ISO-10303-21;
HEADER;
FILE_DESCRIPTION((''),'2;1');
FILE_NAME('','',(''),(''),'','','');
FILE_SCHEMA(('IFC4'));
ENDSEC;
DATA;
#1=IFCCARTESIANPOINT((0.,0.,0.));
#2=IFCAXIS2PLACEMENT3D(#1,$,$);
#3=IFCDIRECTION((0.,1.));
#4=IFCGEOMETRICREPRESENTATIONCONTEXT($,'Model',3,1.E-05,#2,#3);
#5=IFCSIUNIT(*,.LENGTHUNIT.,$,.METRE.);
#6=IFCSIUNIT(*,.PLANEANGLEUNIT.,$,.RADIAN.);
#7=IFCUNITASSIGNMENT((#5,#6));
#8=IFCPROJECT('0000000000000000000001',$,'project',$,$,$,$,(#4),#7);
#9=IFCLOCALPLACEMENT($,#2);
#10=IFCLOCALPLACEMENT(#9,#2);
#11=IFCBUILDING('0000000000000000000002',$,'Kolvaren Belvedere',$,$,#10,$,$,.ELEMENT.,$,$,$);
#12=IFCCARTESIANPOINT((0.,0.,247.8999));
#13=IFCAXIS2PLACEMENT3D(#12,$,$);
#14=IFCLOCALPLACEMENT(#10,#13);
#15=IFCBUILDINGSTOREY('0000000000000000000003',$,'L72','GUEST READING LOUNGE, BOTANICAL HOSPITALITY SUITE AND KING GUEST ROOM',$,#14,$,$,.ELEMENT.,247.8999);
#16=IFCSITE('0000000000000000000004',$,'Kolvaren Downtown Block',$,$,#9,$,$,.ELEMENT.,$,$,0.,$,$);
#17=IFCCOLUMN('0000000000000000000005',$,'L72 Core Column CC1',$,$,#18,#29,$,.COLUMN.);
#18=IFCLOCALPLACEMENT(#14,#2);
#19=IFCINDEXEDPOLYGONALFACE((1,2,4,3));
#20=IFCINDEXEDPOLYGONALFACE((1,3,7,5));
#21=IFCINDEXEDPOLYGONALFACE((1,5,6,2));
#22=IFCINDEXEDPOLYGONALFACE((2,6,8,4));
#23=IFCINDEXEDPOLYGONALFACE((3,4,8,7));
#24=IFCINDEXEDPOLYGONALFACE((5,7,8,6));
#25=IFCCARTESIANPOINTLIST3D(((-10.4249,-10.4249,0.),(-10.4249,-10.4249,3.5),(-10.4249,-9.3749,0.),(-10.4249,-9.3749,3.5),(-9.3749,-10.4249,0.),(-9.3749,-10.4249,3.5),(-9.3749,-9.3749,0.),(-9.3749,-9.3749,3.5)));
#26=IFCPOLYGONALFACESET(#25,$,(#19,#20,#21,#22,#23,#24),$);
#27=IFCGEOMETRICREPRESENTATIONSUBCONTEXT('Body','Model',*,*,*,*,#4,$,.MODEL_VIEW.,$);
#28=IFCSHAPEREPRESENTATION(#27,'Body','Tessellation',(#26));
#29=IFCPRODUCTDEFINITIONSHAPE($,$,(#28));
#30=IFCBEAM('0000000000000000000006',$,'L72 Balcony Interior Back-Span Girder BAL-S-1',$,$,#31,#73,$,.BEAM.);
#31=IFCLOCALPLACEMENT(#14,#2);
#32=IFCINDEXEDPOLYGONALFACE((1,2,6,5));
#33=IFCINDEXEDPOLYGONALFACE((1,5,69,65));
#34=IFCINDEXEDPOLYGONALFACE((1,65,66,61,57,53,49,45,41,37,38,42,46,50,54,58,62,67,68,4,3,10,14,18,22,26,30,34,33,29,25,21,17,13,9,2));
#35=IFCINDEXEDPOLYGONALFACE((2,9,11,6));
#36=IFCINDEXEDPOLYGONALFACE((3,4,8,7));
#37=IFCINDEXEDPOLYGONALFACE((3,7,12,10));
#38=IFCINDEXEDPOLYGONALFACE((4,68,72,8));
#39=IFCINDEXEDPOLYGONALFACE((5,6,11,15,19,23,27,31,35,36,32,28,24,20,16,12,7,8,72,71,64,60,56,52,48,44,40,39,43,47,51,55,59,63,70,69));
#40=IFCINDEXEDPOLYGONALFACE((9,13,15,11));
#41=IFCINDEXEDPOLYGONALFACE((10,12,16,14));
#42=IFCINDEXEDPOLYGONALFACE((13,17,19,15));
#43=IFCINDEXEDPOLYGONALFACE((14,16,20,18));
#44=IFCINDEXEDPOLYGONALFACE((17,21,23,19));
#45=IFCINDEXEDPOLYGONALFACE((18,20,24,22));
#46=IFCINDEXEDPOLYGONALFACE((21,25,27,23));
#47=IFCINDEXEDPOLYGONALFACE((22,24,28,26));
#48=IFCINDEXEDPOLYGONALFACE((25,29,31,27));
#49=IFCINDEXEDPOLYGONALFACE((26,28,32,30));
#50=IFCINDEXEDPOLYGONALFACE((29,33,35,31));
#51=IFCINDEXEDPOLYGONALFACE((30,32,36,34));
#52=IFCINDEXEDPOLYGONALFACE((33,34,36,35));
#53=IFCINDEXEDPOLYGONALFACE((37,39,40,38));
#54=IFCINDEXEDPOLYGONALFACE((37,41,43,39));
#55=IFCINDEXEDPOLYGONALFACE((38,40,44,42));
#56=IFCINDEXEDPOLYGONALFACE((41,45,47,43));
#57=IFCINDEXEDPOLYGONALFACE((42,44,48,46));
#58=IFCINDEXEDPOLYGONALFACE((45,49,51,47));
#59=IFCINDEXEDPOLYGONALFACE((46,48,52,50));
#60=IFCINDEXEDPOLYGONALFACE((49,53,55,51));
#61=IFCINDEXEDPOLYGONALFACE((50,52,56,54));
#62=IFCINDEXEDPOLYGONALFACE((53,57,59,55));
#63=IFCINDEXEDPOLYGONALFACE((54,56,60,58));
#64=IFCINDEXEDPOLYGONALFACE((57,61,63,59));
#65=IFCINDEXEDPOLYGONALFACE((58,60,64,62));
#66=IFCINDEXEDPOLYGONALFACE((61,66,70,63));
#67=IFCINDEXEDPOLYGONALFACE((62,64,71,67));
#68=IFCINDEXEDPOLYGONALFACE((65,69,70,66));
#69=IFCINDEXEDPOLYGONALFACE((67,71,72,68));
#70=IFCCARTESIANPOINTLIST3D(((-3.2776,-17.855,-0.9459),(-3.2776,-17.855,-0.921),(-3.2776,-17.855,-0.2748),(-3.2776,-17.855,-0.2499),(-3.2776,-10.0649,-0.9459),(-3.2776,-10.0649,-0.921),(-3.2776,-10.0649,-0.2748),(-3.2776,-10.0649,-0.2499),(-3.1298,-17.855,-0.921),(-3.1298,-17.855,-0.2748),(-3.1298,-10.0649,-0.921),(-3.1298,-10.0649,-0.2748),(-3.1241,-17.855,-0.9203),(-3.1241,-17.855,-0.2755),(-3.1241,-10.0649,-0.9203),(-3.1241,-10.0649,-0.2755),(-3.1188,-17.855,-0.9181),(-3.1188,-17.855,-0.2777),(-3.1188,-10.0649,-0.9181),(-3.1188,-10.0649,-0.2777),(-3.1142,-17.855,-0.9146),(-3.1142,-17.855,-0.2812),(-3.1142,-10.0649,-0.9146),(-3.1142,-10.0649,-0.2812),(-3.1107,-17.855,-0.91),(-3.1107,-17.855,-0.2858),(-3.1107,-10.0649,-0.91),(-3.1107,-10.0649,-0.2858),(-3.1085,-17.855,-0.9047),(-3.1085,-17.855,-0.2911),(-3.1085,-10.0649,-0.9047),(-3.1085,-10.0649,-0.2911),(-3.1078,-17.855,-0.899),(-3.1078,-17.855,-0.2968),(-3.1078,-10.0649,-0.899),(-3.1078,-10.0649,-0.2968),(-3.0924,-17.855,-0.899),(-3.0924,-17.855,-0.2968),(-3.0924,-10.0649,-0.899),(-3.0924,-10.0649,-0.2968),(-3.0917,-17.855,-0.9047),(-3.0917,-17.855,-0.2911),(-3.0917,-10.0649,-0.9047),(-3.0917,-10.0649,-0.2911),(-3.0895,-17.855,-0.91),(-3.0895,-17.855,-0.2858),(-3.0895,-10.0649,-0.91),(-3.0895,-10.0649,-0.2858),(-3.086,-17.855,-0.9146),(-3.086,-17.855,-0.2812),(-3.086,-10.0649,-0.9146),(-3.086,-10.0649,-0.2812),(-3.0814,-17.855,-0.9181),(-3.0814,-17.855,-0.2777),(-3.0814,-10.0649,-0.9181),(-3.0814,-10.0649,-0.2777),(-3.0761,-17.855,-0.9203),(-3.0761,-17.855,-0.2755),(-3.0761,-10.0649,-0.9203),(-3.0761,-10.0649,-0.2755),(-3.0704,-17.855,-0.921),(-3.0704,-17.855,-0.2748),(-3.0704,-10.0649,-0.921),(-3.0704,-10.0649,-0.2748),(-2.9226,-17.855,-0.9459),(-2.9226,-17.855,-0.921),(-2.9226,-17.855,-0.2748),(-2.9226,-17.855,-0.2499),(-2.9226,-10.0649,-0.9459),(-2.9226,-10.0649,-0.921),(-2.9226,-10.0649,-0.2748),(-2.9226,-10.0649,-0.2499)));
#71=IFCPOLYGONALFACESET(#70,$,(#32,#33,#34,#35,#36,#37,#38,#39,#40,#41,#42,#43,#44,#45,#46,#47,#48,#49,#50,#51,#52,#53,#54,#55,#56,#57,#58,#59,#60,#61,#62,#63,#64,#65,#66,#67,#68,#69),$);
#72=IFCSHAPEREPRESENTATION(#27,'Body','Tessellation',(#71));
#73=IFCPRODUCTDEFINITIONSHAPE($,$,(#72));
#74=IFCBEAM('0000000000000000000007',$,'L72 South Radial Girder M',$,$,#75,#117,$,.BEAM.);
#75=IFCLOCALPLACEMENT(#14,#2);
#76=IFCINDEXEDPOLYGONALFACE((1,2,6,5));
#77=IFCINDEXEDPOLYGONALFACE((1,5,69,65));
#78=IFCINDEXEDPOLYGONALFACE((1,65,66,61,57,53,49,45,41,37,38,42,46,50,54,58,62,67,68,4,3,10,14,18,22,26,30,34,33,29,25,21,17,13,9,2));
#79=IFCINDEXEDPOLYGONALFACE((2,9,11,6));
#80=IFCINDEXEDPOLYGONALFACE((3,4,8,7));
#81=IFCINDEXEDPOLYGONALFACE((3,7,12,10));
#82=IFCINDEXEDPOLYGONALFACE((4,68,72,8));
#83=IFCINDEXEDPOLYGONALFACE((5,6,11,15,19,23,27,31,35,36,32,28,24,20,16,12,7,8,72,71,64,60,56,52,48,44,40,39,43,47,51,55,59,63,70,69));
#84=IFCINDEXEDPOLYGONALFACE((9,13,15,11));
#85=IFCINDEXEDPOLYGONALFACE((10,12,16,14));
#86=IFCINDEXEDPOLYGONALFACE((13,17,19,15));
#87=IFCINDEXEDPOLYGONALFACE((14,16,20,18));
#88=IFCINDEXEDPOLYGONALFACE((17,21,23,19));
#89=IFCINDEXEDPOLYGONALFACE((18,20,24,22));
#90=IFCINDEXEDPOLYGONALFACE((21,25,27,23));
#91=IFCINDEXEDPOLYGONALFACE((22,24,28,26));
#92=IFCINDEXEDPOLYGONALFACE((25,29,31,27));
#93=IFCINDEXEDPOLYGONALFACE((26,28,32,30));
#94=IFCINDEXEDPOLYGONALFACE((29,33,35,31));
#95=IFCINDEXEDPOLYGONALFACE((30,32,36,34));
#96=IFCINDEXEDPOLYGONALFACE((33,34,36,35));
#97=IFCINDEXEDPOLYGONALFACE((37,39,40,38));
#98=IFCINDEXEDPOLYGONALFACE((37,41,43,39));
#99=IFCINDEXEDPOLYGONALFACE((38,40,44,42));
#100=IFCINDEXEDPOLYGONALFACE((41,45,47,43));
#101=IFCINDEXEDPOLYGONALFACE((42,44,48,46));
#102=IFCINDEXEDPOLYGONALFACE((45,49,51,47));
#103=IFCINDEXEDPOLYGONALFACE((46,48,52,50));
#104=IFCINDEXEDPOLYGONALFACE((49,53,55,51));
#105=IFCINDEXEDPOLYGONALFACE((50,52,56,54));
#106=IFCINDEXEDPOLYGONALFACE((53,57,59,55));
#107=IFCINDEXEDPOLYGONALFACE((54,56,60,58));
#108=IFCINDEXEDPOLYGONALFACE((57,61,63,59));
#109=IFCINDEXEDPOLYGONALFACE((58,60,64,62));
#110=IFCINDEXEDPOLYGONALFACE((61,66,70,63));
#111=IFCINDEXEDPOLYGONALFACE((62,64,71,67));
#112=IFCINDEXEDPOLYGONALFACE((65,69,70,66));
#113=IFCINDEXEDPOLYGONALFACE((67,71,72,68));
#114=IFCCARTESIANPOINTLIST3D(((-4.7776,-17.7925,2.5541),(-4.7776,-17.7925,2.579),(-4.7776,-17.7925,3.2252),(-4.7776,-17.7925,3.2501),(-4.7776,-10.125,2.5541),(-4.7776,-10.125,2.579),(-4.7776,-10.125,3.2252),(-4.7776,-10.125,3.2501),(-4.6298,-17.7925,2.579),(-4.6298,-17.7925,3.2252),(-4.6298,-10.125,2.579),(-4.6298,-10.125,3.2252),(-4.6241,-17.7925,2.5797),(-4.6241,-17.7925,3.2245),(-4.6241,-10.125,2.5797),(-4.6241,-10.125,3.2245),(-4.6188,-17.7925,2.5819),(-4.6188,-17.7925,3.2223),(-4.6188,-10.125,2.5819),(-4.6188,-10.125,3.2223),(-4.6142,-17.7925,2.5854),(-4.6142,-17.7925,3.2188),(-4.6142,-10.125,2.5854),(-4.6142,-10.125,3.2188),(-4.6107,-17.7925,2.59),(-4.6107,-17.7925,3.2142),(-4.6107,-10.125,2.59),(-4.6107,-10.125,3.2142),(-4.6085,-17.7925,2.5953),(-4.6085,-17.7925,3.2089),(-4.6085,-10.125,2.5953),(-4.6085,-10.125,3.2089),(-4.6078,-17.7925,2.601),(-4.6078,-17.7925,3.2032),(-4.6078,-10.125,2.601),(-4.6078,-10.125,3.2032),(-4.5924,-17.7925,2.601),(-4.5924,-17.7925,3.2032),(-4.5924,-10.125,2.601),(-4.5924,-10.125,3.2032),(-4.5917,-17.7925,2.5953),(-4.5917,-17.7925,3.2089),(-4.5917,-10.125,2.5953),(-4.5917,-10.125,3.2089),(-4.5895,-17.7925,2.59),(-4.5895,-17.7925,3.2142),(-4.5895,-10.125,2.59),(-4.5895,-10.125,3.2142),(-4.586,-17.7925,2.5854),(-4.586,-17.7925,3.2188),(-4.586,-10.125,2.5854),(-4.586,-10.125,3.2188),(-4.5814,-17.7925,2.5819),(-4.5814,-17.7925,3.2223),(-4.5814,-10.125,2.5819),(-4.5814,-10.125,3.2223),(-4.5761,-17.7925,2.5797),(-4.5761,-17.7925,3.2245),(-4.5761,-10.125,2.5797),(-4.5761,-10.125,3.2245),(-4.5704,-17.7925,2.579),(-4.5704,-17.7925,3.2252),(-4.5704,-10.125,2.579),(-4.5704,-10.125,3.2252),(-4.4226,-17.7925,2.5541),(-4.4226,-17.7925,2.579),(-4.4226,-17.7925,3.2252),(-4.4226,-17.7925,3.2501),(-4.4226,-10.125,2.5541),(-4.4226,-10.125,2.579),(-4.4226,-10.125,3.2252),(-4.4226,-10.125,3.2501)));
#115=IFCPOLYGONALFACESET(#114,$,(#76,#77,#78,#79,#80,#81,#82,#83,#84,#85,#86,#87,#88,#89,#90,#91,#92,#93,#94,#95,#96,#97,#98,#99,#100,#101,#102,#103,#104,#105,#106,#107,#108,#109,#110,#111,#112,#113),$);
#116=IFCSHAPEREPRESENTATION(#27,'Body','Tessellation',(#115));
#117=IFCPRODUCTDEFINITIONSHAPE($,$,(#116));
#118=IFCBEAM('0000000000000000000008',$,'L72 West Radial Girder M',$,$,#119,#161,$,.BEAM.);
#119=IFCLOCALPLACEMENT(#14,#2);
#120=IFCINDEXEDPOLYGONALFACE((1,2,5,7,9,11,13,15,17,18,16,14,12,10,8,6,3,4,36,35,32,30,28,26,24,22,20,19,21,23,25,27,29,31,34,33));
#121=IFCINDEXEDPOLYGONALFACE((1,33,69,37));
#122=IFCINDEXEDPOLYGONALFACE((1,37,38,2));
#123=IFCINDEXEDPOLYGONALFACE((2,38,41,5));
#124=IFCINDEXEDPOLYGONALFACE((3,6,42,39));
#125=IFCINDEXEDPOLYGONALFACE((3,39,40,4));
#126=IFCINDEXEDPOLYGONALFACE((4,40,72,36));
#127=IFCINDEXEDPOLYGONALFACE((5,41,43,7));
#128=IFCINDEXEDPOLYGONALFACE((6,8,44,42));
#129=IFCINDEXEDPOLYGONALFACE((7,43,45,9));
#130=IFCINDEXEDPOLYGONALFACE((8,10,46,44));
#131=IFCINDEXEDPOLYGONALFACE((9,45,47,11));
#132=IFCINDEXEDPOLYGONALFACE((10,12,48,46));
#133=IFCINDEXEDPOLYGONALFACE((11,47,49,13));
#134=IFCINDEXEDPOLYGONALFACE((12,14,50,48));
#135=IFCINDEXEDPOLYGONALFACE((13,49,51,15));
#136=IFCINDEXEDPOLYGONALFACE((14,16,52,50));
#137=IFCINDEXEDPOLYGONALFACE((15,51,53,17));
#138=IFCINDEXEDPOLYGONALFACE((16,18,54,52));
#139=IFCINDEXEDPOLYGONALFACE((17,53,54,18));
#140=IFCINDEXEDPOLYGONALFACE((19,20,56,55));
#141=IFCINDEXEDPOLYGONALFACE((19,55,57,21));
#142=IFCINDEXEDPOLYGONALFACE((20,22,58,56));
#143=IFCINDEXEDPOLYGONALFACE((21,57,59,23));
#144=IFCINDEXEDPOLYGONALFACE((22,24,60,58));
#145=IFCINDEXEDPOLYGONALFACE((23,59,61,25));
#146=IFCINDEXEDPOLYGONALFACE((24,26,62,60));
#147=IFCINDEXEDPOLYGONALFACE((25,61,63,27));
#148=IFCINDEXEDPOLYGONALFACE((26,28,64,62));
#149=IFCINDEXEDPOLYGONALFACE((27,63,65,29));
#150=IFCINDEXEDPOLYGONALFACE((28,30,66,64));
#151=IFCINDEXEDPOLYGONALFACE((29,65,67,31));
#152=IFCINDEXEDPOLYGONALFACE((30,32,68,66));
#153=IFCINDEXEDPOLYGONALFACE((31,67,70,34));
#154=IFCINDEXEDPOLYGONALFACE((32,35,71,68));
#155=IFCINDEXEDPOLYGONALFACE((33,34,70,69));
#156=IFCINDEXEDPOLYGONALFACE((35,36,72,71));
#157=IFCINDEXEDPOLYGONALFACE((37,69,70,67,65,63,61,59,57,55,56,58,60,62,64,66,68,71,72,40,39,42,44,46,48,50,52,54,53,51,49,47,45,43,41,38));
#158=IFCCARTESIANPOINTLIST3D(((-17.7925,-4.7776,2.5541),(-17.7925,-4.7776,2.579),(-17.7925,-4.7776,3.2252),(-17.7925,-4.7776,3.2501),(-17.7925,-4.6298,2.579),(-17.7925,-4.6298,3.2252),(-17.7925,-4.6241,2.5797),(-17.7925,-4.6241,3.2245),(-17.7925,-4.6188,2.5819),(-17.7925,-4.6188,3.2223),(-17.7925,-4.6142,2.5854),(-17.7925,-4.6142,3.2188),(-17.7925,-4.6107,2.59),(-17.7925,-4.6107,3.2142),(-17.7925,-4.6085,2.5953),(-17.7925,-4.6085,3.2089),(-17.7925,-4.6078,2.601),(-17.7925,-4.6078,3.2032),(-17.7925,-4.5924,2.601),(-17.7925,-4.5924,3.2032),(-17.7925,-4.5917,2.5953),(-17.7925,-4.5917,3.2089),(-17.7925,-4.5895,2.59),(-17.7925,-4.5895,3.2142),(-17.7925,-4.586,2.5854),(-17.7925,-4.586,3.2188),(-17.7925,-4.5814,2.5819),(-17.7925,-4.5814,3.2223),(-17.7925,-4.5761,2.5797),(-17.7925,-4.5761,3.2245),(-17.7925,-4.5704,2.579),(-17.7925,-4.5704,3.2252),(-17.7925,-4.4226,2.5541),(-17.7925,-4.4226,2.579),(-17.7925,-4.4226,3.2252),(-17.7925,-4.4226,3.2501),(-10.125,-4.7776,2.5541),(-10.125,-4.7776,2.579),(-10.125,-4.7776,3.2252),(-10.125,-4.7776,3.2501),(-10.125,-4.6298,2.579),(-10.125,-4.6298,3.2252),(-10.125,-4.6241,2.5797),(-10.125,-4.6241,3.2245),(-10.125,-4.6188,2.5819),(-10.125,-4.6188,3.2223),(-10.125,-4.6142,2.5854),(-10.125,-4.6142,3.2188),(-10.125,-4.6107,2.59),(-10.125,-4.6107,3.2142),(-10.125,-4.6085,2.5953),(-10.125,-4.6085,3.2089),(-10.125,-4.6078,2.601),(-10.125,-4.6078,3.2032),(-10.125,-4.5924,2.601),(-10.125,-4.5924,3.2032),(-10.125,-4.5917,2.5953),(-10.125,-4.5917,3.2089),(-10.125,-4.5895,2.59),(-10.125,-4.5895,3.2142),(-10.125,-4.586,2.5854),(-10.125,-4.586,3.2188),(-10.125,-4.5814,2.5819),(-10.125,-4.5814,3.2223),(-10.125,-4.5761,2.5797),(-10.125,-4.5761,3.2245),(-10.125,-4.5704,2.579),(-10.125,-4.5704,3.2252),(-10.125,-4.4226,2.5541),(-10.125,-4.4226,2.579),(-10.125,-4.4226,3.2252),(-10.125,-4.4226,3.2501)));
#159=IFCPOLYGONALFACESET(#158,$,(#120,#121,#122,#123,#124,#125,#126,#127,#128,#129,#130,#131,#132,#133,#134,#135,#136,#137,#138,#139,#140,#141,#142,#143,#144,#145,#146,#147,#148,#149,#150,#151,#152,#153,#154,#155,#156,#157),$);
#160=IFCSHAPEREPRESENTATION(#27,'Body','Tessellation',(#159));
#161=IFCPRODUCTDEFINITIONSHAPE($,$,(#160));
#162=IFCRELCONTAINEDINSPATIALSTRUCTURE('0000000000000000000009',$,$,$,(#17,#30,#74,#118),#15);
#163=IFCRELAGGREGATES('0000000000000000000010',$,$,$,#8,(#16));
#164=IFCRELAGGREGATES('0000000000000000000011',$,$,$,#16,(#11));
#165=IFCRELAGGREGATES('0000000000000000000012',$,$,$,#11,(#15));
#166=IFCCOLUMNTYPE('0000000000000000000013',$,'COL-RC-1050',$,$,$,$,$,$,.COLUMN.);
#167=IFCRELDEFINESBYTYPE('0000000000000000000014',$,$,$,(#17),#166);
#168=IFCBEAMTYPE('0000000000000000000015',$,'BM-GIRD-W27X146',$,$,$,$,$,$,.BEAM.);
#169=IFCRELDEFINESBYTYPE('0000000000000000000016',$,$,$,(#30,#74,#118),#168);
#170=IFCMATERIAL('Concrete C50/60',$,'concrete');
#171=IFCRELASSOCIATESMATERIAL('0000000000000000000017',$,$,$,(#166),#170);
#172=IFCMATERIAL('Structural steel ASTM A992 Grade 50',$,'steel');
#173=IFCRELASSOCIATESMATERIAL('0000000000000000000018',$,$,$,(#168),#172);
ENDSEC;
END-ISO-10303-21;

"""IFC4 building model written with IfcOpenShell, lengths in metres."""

from ifc_helpers import new_model, si_unit, direction, frame, origin, origin_2d, place, context, subcontext, project, spatial, rectangle, i_section, extrude, material, material_profile, profile_set, type_object, element, save


model = new_model("IFC4")

# Units and contexts
model_context = context("Model", 3, precision=1e-05, world=origin(), true_north=direction((0.0, 1.0)))
body_context = subcontext(model_context, "Body", "Model", "MODEL_VIEW")
ifc_project = project(units=[si_unit("LENGTHUNIT", "METRE"), si_unit("PLANEANGLEUNIT", "RADIAN")], contexts=[model_context])

# Site, building, storey
site_placement = place(None, origin())
site = spatial("IfcSite", under=ifc_project, at=site_placement, Name="Kolvaren Downtown Block", CompositionType="ELEMENT", RefElevation=0.0)
building_placement = place(site_placement, origin())
building = spatial("IfcBuilding", under=site, at=building_placement, Name="Kolvaren Belvedere", CompositionType="ELEMENT")
storey_placement = place(building_placement, frame((0.0, 0.0, 247.8999)))
storey = spatial("IfcBuildingStorey", under=building, at=storey_placement, Name="L72", Description="GUEST READING LOUNGE, BOTANICAL HOSPITALITY SUITE AND KING GUEST ROOM", CompositionType="ELEMENT", Elevation=247.8999)

# Column
ifc_material_1 = material(Name="Concrete C50/60", Category="concrete")
ifc_material_profile_1 = material_profile(ifc_material_1, rectangle(XDim=1.05, YDim=1.05, at=origin_2d()), Name="RC 1050X1050")
ifc_profile_set_1 = profile_set([ifc_material_profile_1], Name="Concrete C50/60")
column_type = type_object("IfcColumnType", Name="COL-RC-1050", PredefinedType="COLUMN", material=ifc_profile_set_1)
column_placement = place(storey_placement, frame((-9.8999, -9.8999, 0.0), z_axis=(0.0, 0.0, 1.0), x_axis=(1.0, 0.0, 0.0)))
element("IfcColumn", 1, at=column_placement, inside=storey, type_object=column_type, Name="L72 Core Column CC1", PredefinedType="COLUMN", context=body_context, shape_type="SweptSolid", body=[
    extrude(rectangle(XDim=1.05, YDim=1.05, at=origin_2d()), origin(), (0.0, 0.0, 1.0), 3.5),
])

# Beams
ifc_material_2 = material(Name="Structural steel ASTM A992 Grade 50", Category="steel")
ifc_material_profile_2 = material_profile(ifc_material_2, i_section(OverallWidth=0.355, OverallDepth=0.696, WebThickness=0.0154, FlangeThickness=0.0249, FilletRadius=0.022, at=origin_2d()), Name="W27X146")
ifc_profile_set_2 = profile_set([ifc_material_profile_2], Name="Structural steel ASTM A992 Grade 50")
beam_type_1 = type_object("IfcBeamType", Name="BM-GIRD-W27X146", PredefinedType="BEAM", material=ifc_profile_set_2)
beam_1_placement = place(storey_placement, frame((-3.1001, -10.0649, -0.5979), z_axis=(0.0, -1.0, 0.0), x_axis=(1.0, 0.0, 0.0)))
element("IfcBeam", 2, at=beam_1_placement, inside=storey, type_object=beam_type_1, Name="L72 Balcony Interior Back-Span Girder BAL-S-1", PredefinedType="BEAM", context=body_context, shape_type="SweptSolid", body=[
    extrude(i_section(OverallWidth=0.355, OverallDepth=0.696, WebThickness=0.0154, FlangeThickness=0.0249, FilletRadius=0.022, at=origin_2d()), origin(), (0.0, 0.0, 1.0), 7.79),
])
for number, where, z_axis, x_axis, name in (
    (3, (-4.6001, -10.125, 2.9021), (0.0, -1.0, 0.0), (1.0, 0.0, 0.0), "L72 South Radial Girder M"),
    (4, (-10.125, -4.6001, 2.9021), (-1.0, 0.0, 0.0), (0.0, -1.0, 0.0), "L72 West Radial Girder M"),
):
    element("IfcBeam", number, at=place(storey_placement, frame(where, z_axis=z_axis, x_axis=x_axis)), inside=storey, type_object=beam_type_1, Name=name, PredefinedType="BEAM", context=body_context, shape_type="SweptSolid", body=[
        extrude(i_section(OverallWidth=0.355, OverallDepth=0.696, WebThickness=0.0154, FlangeThickness=0.0249, FilletRadius=0.022, at=origin_2d()), origin(), (0.0, 0.0, 1.0), 7.6675),
    ])

save(model, "model.ifc")
